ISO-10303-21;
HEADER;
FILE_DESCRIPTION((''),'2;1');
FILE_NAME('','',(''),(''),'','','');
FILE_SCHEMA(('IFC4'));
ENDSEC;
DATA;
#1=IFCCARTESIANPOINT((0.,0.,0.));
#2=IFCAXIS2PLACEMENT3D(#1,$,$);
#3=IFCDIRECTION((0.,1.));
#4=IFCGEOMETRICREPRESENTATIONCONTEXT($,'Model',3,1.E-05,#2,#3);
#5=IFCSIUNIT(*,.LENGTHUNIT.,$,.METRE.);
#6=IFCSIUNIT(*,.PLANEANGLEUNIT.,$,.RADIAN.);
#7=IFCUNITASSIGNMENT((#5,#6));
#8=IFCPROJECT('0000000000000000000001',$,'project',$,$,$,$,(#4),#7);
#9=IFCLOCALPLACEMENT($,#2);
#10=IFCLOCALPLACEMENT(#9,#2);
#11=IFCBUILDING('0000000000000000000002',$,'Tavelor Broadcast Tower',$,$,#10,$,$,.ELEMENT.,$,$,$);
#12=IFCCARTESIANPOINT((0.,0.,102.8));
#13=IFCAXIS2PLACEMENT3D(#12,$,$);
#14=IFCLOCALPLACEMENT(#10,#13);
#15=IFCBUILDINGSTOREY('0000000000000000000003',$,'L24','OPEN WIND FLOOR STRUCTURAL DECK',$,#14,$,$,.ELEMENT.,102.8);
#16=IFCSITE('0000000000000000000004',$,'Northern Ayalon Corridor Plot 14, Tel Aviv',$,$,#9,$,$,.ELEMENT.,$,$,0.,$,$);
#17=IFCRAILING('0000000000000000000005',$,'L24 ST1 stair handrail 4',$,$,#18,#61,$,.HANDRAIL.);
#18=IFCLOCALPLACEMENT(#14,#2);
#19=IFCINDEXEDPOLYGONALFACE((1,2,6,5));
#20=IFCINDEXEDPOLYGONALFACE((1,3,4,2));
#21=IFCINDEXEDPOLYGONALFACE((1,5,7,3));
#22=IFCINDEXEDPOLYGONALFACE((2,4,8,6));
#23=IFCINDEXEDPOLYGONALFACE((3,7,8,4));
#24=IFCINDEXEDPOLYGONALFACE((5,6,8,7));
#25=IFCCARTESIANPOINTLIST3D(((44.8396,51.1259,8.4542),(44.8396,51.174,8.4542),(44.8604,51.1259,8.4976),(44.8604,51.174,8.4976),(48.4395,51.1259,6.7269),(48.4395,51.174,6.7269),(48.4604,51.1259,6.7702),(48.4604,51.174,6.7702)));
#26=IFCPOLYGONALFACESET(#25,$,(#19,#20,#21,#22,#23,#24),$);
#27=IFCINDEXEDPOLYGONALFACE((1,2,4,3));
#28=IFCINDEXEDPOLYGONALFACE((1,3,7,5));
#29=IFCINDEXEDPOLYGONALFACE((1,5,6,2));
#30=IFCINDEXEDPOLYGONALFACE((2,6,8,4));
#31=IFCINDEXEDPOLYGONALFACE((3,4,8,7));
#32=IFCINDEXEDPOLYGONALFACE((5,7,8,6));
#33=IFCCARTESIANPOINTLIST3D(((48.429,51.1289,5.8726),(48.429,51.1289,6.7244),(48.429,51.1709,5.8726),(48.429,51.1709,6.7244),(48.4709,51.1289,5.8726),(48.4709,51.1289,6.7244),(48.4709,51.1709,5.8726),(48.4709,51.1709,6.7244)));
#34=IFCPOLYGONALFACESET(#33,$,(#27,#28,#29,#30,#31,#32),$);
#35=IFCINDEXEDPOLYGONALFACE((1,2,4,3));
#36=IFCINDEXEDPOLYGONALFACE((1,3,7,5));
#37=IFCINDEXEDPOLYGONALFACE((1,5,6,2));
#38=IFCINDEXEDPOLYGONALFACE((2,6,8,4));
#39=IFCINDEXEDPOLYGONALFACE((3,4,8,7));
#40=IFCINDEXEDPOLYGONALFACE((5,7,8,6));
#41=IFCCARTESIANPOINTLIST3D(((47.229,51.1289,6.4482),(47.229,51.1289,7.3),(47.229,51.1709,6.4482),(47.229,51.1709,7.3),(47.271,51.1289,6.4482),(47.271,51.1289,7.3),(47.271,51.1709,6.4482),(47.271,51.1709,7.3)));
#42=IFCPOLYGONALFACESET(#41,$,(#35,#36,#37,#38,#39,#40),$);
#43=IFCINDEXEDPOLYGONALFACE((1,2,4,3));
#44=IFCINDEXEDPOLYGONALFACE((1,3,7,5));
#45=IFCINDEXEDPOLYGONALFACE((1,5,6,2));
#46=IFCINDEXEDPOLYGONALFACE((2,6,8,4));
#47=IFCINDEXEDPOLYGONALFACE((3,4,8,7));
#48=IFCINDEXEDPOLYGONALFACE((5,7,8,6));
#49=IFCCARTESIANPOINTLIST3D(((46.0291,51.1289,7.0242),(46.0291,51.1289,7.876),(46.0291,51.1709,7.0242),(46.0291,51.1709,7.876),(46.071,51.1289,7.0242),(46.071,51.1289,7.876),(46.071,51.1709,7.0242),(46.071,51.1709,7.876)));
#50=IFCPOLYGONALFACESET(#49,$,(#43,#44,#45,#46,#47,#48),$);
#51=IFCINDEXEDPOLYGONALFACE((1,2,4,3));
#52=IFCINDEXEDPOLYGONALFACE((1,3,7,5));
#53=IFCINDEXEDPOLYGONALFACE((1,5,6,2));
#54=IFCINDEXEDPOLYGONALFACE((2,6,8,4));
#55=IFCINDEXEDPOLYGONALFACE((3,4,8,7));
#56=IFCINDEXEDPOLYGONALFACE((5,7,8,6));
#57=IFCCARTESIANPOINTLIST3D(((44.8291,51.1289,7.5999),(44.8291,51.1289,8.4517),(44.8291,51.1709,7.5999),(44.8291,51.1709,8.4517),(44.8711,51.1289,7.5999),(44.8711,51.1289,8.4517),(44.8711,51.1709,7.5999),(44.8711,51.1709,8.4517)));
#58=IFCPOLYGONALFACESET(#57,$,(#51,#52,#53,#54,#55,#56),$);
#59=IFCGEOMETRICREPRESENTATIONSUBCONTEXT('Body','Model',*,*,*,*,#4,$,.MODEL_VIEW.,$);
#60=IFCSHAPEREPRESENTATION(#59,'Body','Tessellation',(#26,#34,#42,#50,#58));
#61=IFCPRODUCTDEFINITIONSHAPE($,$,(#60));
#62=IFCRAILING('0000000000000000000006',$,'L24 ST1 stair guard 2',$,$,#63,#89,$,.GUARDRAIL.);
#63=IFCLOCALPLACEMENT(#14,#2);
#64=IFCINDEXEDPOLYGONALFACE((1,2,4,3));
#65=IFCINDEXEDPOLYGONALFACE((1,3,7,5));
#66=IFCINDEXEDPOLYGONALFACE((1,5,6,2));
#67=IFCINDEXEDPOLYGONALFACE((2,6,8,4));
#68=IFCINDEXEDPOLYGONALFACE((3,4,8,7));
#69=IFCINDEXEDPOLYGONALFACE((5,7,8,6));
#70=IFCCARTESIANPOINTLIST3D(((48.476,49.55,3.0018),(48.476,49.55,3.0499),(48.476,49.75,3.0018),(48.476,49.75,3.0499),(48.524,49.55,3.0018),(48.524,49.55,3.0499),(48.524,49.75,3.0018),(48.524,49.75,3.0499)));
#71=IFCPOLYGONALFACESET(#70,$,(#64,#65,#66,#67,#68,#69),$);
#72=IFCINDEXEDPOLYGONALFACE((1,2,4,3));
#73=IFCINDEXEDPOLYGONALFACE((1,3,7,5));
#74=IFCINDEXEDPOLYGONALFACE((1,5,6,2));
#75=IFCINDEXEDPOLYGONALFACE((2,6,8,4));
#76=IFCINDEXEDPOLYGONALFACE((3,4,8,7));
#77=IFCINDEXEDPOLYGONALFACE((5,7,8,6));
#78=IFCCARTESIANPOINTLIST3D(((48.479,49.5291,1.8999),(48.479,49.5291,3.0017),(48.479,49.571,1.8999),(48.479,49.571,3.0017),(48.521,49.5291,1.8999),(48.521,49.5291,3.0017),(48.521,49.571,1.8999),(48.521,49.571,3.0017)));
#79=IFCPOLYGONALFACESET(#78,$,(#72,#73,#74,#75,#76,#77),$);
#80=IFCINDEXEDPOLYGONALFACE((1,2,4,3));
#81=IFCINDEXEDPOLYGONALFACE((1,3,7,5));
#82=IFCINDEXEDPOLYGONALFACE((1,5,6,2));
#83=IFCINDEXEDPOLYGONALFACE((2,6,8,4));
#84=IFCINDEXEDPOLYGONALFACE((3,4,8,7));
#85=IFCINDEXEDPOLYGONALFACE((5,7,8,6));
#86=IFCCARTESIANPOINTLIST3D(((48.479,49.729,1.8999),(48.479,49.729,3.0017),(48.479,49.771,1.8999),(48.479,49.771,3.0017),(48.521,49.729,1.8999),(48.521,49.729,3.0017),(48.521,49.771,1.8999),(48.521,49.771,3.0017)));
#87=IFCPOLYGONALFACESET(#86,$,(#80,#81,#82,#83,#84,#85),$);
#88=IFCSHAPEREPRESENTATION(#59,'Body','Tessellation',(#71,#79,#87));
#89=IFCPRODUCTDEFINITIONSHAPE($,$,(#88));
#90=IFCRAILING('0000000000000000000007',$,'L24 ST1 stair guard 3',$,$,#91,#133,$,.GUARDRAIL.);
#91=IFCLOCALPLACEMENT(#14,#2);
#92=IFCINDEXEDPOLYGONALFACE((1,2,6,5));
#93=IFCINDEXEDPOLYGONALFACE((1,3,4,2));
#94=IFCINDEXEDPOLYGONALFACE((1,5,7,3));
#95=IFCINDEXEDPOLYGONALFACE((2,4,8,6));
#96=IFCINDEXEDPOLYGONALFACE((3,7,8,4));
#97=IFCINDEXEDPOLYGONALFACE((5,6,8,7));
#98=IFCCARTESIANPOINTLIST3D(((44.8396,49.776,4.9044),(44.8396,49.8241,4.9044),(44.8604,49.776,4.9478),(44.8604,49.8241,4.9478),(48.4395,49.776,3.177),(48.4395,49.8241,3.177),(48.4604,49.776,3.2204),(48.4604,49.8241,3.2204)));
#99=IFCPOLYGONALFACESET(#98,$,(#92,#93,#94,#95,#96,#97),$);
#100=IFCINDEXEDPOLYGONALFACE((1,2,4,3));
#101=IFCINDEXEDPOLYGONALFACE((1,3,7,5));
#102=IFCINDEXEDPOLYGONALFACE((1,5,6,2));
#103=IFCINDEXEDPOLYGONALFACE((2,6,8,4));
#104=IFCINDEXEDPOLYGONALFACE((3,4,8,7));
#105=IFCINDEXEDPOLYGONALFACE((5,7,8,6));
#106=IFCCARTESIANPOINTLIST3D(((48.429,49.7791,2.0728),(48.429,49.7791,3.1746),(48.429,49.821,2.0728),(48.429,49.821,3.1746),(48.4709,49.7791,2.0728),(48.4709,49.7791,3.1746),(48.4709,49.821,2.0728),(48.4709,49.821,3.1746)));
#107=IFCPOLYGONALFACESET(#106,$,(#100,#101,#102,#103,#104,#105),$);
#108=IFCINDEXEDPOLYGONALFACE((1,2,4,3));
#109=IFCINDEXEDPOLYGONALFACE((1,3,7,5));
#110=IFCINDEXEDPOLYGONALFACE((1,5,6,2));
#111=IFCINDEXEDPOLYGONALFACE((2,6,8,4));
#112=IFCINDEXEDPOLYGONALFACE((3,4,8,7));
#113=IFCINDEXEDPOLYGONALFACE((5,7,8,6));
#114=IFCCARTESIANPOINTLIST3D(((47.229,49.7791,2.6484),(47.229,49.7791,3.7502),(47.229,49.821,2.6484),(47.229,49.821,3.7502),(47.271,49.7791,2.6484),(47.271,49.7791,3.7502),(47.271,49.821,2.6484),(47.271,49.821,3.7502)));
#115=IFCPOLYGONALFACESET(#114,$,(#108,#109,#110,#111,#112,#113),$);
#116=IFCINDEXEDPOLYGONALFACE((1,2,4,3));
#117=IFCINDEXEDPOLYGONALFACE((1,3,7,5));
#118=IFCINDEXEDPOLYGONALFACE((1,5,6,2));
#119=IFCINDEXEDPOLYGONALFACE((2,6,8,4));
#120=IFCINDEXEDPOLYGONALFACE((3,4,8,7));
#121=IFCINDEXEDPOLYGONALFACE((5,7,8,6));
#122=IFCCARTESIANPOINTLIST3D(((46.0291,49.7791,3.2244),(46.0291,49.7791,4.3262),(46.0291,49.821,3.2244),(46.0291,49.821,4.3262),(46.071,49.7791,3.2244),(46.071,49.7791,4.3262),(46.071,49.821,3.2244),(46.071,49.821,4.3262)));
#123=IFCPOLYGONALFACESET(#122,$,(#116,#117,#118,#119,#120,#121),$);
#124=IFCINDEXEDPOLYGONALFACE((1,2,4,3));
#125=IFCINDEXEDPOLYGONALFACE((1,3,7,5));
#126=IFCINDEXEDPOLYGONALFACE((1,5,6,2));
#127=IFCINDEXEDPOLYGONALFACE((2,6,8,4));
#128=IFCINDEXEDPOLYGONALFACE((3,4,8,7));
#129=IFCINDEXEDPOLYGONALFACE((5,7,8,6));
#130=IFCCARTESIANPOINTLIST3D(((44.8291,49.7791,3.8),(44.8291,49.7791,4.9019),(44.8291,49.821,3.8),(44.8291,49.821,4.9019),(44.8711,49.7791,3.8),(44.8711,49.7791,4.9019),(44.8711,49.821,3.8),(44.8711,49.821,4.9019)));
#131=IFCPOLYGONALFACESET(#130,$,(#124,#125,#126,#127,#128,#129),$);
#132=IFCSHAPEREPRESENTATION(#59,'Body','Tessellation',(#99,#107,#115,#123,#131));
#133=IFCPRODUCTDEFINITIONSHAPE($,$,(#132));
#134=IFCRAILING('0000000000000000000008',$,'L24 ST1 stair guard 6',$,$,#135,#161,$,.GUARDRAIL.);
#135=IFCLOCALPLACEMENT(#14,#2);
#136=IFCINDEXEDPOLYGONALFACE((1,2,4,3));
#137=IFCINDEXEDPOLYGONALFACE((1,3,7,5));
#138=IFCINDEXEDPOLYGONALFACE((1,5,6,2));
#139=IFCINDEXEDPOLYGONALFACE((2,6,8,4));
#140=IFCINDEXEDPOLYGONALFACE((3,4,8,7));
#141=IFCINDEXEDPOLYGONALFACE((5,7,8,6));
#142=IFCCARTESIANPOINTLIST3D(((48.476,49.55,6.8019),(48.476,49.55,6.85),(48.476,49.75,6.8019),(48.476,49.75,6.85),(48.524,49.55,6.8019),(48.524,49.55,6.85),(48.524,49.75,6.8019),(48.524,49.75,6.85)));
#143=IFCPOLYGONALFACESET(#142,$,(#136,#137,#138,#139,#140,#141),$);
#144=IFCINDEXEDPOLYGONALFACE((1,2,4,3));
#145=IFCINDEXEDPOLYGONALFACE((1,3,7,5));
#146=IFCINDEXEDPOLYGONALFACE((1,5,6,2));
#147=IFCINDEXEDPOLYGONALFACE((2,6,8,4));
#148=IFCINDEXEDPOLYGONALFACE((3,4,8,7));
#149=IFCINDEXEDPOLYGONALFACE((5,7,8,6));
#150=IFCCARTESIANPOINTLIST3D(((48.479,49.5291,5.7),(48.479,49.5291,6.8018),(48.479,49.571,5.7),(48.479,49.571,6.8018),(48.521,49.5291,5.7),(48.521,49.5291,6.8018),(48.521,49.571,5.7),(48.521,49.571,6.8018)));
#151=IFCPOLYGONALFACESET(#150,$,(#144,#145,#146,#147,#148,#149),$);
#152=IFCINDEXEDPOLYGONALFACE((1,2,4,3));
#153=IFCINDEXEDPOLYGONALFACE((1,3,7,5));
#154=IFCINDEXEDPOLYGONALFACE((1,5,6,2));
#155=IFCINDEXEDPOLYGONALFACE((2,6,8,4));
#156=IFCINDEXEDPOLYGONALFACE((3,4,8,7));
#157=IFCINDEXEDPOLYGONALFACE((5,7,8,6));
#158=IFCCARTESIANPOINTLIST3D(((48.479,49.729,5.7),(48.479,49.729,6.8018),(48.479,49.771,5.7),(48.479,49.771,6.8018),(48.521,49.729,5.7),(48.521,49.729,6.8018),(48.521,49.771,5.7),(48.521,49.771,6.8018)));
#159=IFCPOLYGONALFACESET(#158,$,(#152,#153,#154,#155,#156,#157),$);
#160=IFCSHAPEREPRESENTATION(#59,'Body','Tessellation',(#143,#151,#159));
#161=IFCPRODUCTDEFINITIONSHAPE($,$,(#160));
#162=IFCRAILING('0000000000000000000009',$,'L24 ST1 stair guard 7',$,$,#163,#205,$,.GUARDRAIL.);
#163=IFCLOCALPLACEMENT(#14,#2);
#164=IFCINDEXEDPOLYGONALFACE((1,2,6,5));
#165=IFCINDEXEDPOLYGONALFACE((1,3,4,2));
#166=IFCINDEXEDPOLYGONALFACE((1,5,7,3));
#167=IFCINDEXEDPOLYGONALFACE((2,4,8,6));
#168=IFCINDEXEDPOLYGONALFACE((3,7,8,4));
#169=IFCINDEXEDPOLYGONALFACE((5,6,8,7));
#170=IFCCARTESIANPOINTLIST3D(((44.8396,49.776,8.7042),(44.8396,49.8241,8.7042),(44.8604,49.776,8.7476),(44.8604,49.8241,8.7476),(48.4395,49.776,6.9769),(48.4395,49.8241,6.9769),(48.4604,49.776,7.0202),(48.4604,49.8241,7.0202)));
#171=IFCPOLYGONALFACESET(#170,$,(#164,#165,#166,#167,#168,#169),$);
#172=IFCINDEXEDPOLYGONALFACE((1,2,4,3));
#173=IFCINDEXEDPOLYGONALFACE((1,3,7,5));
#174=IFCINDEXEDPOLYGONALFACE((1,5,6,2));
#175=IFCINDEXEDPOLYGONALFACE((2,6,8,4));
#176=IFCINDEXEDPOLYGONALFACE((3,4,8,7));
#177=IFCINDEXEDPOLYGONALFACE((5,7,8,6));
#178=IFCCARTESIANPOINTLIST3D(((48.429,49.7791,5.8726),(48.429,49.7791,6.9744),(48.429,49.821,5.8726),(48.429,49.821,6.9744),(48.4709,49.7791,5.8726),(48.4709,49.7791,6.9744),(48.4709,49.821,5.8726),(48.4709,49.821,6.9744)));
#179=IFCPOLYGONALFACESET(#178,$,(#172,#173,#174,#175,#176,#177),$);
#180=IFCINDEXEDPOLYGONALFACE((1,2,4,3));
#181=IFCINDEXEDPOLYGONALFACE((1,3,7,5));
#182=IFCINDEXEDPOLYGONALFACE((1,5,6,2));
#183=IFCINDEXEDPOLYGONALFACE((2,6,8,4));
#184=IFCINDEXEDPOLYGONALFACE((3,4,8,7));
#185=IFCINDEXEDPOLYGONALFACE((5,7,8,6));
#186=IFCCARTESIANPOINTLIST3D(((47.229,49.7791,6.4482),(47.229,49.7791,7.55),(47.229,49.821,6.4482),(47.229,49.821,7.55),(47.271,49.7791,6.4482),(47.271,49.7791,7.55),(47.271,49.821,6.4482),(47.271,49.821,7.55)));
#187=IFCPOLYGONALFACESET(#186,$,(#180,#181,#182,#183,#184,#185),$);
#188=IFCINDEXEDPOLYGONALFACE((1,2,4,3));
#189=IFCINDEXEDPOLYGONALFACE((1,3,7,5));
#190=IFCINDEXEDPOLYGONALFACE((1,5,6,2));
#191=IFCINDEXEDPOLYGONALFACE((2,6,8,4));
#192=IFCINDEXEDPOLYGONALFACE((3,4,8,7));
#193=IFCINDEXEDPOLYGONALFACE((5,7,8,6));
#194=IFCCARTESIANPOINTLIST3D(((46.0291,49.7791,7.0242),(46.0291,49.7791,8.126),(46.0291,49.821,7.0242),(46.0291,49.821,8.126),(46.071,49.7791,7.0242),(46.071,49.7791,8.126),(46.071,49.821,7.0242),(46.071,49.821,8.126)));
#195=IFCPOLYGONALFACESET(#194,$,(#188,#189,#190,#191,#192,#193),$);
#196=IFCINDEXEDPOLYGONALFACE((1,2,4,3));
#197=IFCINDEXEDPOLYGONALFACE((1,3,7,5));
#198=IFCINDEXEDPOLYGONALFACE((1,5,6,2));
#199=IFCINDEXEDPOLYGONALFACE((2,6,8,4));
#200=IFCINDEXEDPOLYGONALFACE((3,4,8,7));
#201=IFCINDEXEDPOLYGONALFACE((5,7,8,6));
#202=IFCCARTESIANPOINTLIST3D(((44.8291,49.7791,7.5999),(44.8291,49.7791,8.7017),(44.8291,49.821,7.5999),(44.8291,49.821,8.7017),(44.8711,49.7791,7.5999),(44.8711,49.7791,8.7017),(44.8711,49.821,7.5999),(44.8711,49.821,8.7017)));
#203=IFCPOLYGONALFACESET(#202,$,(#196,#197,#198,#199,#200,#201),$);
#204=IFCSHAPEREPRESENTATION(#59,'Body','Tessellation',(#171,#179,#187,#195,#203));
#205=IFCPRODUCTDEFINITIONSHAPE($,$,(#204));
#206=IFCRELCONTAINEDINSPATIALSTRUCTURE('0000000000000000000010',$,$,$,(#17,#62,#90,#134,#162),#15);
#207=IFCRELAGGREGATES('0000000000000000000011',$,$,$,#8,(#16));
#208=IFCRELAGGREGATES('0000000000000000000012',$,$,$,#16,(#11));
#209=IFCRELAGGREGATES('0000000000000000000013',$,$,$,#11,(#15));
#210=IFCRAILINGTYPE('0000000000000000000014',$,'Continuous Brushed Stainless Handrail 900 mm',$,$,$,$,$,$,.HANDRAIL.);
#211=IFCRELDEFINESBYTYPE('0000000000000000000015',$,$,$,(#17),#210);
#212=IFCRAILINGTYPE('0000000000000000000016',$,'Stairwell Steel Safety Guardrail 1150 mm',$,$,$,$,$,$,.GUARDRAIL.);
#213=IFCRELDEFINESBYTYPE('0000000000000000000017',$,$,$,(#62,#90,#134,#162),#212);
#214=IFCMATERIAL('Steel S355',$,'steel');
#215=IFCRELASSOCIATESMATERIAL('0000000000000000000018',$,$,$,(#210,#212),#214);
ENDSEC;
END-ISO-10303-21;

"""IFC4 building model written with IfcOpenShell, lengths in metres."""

from ifc_helpers import new_model, si_unit, direction, frame, origin, origin_2d, place, context, subcontext, project, spatial, rectangle, extrude, material, type_object, element, save


model = new_model("IFC4")

# Units and contexts
model_context = context("Model", 3, precision=1e-05, world=origin(), true_north=direction((0.0, 1.0)))
body_context = subcontext(model_context, "Body", "Model", "MODEL_VIEW")
ifc_project = project(units=[si_unit("LENGTHUNIT", "METRE"), si_unit("PLANEANGLEUNIT", "RADIAN")], contexts=[model_context])

# Site, building, storey
site_placement = place(None, origin())
site = spatial("IfcSite", under=ifc_project, at=site_placement, Name="Northern Ayalon Corridor Plot 14, Tel Aviv", CompositionType="ELEMENT", RefElevation=0.0)
building_placement = place(site_placement, origin())
building = spatial("IfcBuilding", under=site, at=building_placement, Name="Tavelor Broadcast Tower", CompositionType="ELEMENT")
storey_placement = place(building_placement, frame((0.0, 0.0, 102.8)))
storey = spatial("IfcBuildingStorey", under=building, at=storey_placement, Name="L24", Description="OPEN WIND FLOOR STRUCTURAL DECK", CompositionType="ELEMENT", Elevation=102.8)

# Shared definitions
ifc_material_1 = material(Name="Steel S355", Category="steel")

# Railings
railing_type_1 = type_object("IfcRailingType", Name="Continuous Brushed Stainless Handrail 900 mm", PredefinedType="HANDRAIL", material=ifc_material_1)
for number, where, name in (
    (1, (48.45, 51.1499, 5.8726), "L24 ST1 stair handrail 4"),
):
    element("IfcRailing", number, at=place(storey_placement, frame(where)), inside=storey, type_object=railing_type_1, Name=name, PredefinedType="HANDRAIL", context=body_context, shape_type="SweptSolid", body=[
        extrude(rectangle(XDim=0.0481, YDim=0.0481, at=origin_2d()), frame((0.0, 0.0, 0.876), z_axis=(-0.901585, 0.0, 0.432602), x_axis=(0.0, -1.0, 0.0)), (0.0, 0.0, 1.0), 3.9929),
        extrude(rectangle(XDim=0.042, YDim=0.042, at=origin_2d()), origin(), (0.0, 0.0, 1.0), 0.8518),
        extrude(rectangle(XDim=0.042, YDim=0.042, at=origin_2d()), frame((-1.2, 0.0, 0.5757)), (0.0, 0.0, 1.0), 0.8518),
        extrude(rectangle(XDim=0.042, YDim=0.042, at=origin_2d()), frame((-2.3999, 0.0, 1.1516)), (0.0, 0.0, 1.0), 0.8518),
        extrude(rectangle(XDim=0.042, YDim=0.042, at=origin_2d()), frame((-3.5999, 0.0, 1.7273)), (0.0, 0.0, 1.0), 0.8518),
    ])
railing_type_2 = type_object("IfcRailingType", Name="Stairwell Steel Safety Guardrail 1150 mm", PredefinedType="GUARDRAIL", material=ifc_material_1)
railing_1_placement = place(storey_placement, frame((48.5, 49.55, 1.8999)))
element("IfcRailing", 2, at=railing_1_placement, inside=storey, type_object=railing_type_2, Name="L24 ST1 stair guard 2", PredefinedType="GUARDRAIL", context=body_context, shape_type="SweptSolid", body=[
    extrude(rectangle(XDim=0.0481, YDim=0.0481, at=origin_2d()), frame((0.0, 0.0, 1.126), z_axis=(0.0, 1.0, 0.0), x_axis=(-1.0, 0.0, 0.0)), (0.0, 0.0, 1.0), 0.2),
    extrude(rectangle(XDim=0.042, YDim=0.042, at=origin_2d()), origin(), (0.0, 0.0, 1.0), 1.1018),
    extrude(rectangle(XDim=0.042, YDim=0.042, at=origin_2d()), frame((0.0, 0.2, 0.0)), (0.0, 0.0, 1.0), 1.1018),
])
railing_2_placement = place(storey_placement, frame((48.45, 49.8, 2.0728)))
element("IfcRailing", 3, at=railing_2_placement, inside=storey, type_object=railing_type_2, Name="L24 ST1 stair guard 3", PredefinedType="GUARDRAIL", context=body_context, shape_type="SweptSolid", body=[
    extrude(rectangle(XDim=0.0481, YDim=0.0481, at=origin_2d()), frame((0.0, 0.0, 1.126), z_axis=(-0.901585, 0.0, 0.432602), x_axis=(0.0, -1.0, 0.0)), (0.0, 0.0, 1.0), 3.9929),
    extrude(rectangle(XDim=0.042, YDim=0.042, at=origin_2d()), origin(), (0.0, 0.0, 1.0), 1.1018),
    extrude(rectangle(XDim=0.042, YDim=0.042, at=origin_2d()), frame((-1.2, 0.0, 0.5757)), (0.0, 0.0, 1.0), 1.1018),
    extrude(rectangle(XDim=0.042, YDim=0.042, at=origin_2d()), frame((-2.3999, 0.0, 1.1516)), (0.0, 0.0, 1.0), 1.1018),
    extrude(rectangle(XDim=0.042, YDim=0.042, at=origin_2d()), frame((-3.5999, 0.0, 1.7273)), (0.0, 0.0, 1.0), 1.1018),
])
railing_3_placement = place(storey_placement, frame((48.5, 49.55, 5.7)))
element("IfcRailing", 4, at=railing_3_placement, inside=storey, type_object=railing_type_2, Name="L24 ST1 stair guard 6", PredefinedType="GUARDRAIL", context=body_context, shape_type="SweptSolid", body=[
    extrude(rectangle(XDim=0.0481, YDim=0.0481, at=origin_2d()), frame((0.0, 0.0, 1.126), z_axis=(0.0, 1.0, 0.0), x_axis=(-1.0, 0.0, 0.0)), (0.0, 0.0, 1.0), 0.2),
    extrude(rectangle(XDim=0.042, YDim=0.042, at=origin_2d()), origin(), (0.0, 0.0, 1.0), 1.1018),
    extrude(rectangle(XDim=0.042, YDim=0.042, at=origin_2d()), frame((0.0, 0.2, 0.0)), (0.0, 0.0, 1.0), 1.1018),
])
railing_4_placement = place(storey_placement, frame((48.45, 49.8, 5.8726)))
element("IfcRailing", 5, at=railing_4_placement, inside=storey, type_object=railing_type_2, Name="L24 ST1 stair guard 7", PredefinedType="GUARDRAIL", context=body_context, shape_type="SweptSolid", body=[
    extrude(rectangle(XDim=0.0481, YDim=0.0481, at=origin_2d()), frame((0.0, 0.0, 1.126), z_axis=(-0.901585, 0.0, 0.432602), x_axis=(0.0, -1.0, 0.0)), (0.0, 0.0, 1.0), 3.9929),
    extrude(rectangle(XDim=0.042, YDim=0.042, at=origin_2d()), origin(), (0.0, 0.0, 1.0), 1.1018),
    extrude(rectangle(XDim=0.042, YDim=0.042, at=origin_2d()), frame((-1.2, 0.0, 0.5757)), (0.0, 0.0, 1.0), 1.1018),
    extrude(rectangle(XDim=0.042, YDim=0.042, at=origin_2d()), frame((-2.3999, 0.0, 1.1516)), (0.0, 0.0, 1.0), 1.1018),
    extrude(rectangle(XDim=0.042, YDim=0.042, at=origin_2d()), frame((-3.5999, 0.0, 1.7273)), (0.0, 0.0, 1.0), 1.1018),
])

save(model, "model.ifc")
